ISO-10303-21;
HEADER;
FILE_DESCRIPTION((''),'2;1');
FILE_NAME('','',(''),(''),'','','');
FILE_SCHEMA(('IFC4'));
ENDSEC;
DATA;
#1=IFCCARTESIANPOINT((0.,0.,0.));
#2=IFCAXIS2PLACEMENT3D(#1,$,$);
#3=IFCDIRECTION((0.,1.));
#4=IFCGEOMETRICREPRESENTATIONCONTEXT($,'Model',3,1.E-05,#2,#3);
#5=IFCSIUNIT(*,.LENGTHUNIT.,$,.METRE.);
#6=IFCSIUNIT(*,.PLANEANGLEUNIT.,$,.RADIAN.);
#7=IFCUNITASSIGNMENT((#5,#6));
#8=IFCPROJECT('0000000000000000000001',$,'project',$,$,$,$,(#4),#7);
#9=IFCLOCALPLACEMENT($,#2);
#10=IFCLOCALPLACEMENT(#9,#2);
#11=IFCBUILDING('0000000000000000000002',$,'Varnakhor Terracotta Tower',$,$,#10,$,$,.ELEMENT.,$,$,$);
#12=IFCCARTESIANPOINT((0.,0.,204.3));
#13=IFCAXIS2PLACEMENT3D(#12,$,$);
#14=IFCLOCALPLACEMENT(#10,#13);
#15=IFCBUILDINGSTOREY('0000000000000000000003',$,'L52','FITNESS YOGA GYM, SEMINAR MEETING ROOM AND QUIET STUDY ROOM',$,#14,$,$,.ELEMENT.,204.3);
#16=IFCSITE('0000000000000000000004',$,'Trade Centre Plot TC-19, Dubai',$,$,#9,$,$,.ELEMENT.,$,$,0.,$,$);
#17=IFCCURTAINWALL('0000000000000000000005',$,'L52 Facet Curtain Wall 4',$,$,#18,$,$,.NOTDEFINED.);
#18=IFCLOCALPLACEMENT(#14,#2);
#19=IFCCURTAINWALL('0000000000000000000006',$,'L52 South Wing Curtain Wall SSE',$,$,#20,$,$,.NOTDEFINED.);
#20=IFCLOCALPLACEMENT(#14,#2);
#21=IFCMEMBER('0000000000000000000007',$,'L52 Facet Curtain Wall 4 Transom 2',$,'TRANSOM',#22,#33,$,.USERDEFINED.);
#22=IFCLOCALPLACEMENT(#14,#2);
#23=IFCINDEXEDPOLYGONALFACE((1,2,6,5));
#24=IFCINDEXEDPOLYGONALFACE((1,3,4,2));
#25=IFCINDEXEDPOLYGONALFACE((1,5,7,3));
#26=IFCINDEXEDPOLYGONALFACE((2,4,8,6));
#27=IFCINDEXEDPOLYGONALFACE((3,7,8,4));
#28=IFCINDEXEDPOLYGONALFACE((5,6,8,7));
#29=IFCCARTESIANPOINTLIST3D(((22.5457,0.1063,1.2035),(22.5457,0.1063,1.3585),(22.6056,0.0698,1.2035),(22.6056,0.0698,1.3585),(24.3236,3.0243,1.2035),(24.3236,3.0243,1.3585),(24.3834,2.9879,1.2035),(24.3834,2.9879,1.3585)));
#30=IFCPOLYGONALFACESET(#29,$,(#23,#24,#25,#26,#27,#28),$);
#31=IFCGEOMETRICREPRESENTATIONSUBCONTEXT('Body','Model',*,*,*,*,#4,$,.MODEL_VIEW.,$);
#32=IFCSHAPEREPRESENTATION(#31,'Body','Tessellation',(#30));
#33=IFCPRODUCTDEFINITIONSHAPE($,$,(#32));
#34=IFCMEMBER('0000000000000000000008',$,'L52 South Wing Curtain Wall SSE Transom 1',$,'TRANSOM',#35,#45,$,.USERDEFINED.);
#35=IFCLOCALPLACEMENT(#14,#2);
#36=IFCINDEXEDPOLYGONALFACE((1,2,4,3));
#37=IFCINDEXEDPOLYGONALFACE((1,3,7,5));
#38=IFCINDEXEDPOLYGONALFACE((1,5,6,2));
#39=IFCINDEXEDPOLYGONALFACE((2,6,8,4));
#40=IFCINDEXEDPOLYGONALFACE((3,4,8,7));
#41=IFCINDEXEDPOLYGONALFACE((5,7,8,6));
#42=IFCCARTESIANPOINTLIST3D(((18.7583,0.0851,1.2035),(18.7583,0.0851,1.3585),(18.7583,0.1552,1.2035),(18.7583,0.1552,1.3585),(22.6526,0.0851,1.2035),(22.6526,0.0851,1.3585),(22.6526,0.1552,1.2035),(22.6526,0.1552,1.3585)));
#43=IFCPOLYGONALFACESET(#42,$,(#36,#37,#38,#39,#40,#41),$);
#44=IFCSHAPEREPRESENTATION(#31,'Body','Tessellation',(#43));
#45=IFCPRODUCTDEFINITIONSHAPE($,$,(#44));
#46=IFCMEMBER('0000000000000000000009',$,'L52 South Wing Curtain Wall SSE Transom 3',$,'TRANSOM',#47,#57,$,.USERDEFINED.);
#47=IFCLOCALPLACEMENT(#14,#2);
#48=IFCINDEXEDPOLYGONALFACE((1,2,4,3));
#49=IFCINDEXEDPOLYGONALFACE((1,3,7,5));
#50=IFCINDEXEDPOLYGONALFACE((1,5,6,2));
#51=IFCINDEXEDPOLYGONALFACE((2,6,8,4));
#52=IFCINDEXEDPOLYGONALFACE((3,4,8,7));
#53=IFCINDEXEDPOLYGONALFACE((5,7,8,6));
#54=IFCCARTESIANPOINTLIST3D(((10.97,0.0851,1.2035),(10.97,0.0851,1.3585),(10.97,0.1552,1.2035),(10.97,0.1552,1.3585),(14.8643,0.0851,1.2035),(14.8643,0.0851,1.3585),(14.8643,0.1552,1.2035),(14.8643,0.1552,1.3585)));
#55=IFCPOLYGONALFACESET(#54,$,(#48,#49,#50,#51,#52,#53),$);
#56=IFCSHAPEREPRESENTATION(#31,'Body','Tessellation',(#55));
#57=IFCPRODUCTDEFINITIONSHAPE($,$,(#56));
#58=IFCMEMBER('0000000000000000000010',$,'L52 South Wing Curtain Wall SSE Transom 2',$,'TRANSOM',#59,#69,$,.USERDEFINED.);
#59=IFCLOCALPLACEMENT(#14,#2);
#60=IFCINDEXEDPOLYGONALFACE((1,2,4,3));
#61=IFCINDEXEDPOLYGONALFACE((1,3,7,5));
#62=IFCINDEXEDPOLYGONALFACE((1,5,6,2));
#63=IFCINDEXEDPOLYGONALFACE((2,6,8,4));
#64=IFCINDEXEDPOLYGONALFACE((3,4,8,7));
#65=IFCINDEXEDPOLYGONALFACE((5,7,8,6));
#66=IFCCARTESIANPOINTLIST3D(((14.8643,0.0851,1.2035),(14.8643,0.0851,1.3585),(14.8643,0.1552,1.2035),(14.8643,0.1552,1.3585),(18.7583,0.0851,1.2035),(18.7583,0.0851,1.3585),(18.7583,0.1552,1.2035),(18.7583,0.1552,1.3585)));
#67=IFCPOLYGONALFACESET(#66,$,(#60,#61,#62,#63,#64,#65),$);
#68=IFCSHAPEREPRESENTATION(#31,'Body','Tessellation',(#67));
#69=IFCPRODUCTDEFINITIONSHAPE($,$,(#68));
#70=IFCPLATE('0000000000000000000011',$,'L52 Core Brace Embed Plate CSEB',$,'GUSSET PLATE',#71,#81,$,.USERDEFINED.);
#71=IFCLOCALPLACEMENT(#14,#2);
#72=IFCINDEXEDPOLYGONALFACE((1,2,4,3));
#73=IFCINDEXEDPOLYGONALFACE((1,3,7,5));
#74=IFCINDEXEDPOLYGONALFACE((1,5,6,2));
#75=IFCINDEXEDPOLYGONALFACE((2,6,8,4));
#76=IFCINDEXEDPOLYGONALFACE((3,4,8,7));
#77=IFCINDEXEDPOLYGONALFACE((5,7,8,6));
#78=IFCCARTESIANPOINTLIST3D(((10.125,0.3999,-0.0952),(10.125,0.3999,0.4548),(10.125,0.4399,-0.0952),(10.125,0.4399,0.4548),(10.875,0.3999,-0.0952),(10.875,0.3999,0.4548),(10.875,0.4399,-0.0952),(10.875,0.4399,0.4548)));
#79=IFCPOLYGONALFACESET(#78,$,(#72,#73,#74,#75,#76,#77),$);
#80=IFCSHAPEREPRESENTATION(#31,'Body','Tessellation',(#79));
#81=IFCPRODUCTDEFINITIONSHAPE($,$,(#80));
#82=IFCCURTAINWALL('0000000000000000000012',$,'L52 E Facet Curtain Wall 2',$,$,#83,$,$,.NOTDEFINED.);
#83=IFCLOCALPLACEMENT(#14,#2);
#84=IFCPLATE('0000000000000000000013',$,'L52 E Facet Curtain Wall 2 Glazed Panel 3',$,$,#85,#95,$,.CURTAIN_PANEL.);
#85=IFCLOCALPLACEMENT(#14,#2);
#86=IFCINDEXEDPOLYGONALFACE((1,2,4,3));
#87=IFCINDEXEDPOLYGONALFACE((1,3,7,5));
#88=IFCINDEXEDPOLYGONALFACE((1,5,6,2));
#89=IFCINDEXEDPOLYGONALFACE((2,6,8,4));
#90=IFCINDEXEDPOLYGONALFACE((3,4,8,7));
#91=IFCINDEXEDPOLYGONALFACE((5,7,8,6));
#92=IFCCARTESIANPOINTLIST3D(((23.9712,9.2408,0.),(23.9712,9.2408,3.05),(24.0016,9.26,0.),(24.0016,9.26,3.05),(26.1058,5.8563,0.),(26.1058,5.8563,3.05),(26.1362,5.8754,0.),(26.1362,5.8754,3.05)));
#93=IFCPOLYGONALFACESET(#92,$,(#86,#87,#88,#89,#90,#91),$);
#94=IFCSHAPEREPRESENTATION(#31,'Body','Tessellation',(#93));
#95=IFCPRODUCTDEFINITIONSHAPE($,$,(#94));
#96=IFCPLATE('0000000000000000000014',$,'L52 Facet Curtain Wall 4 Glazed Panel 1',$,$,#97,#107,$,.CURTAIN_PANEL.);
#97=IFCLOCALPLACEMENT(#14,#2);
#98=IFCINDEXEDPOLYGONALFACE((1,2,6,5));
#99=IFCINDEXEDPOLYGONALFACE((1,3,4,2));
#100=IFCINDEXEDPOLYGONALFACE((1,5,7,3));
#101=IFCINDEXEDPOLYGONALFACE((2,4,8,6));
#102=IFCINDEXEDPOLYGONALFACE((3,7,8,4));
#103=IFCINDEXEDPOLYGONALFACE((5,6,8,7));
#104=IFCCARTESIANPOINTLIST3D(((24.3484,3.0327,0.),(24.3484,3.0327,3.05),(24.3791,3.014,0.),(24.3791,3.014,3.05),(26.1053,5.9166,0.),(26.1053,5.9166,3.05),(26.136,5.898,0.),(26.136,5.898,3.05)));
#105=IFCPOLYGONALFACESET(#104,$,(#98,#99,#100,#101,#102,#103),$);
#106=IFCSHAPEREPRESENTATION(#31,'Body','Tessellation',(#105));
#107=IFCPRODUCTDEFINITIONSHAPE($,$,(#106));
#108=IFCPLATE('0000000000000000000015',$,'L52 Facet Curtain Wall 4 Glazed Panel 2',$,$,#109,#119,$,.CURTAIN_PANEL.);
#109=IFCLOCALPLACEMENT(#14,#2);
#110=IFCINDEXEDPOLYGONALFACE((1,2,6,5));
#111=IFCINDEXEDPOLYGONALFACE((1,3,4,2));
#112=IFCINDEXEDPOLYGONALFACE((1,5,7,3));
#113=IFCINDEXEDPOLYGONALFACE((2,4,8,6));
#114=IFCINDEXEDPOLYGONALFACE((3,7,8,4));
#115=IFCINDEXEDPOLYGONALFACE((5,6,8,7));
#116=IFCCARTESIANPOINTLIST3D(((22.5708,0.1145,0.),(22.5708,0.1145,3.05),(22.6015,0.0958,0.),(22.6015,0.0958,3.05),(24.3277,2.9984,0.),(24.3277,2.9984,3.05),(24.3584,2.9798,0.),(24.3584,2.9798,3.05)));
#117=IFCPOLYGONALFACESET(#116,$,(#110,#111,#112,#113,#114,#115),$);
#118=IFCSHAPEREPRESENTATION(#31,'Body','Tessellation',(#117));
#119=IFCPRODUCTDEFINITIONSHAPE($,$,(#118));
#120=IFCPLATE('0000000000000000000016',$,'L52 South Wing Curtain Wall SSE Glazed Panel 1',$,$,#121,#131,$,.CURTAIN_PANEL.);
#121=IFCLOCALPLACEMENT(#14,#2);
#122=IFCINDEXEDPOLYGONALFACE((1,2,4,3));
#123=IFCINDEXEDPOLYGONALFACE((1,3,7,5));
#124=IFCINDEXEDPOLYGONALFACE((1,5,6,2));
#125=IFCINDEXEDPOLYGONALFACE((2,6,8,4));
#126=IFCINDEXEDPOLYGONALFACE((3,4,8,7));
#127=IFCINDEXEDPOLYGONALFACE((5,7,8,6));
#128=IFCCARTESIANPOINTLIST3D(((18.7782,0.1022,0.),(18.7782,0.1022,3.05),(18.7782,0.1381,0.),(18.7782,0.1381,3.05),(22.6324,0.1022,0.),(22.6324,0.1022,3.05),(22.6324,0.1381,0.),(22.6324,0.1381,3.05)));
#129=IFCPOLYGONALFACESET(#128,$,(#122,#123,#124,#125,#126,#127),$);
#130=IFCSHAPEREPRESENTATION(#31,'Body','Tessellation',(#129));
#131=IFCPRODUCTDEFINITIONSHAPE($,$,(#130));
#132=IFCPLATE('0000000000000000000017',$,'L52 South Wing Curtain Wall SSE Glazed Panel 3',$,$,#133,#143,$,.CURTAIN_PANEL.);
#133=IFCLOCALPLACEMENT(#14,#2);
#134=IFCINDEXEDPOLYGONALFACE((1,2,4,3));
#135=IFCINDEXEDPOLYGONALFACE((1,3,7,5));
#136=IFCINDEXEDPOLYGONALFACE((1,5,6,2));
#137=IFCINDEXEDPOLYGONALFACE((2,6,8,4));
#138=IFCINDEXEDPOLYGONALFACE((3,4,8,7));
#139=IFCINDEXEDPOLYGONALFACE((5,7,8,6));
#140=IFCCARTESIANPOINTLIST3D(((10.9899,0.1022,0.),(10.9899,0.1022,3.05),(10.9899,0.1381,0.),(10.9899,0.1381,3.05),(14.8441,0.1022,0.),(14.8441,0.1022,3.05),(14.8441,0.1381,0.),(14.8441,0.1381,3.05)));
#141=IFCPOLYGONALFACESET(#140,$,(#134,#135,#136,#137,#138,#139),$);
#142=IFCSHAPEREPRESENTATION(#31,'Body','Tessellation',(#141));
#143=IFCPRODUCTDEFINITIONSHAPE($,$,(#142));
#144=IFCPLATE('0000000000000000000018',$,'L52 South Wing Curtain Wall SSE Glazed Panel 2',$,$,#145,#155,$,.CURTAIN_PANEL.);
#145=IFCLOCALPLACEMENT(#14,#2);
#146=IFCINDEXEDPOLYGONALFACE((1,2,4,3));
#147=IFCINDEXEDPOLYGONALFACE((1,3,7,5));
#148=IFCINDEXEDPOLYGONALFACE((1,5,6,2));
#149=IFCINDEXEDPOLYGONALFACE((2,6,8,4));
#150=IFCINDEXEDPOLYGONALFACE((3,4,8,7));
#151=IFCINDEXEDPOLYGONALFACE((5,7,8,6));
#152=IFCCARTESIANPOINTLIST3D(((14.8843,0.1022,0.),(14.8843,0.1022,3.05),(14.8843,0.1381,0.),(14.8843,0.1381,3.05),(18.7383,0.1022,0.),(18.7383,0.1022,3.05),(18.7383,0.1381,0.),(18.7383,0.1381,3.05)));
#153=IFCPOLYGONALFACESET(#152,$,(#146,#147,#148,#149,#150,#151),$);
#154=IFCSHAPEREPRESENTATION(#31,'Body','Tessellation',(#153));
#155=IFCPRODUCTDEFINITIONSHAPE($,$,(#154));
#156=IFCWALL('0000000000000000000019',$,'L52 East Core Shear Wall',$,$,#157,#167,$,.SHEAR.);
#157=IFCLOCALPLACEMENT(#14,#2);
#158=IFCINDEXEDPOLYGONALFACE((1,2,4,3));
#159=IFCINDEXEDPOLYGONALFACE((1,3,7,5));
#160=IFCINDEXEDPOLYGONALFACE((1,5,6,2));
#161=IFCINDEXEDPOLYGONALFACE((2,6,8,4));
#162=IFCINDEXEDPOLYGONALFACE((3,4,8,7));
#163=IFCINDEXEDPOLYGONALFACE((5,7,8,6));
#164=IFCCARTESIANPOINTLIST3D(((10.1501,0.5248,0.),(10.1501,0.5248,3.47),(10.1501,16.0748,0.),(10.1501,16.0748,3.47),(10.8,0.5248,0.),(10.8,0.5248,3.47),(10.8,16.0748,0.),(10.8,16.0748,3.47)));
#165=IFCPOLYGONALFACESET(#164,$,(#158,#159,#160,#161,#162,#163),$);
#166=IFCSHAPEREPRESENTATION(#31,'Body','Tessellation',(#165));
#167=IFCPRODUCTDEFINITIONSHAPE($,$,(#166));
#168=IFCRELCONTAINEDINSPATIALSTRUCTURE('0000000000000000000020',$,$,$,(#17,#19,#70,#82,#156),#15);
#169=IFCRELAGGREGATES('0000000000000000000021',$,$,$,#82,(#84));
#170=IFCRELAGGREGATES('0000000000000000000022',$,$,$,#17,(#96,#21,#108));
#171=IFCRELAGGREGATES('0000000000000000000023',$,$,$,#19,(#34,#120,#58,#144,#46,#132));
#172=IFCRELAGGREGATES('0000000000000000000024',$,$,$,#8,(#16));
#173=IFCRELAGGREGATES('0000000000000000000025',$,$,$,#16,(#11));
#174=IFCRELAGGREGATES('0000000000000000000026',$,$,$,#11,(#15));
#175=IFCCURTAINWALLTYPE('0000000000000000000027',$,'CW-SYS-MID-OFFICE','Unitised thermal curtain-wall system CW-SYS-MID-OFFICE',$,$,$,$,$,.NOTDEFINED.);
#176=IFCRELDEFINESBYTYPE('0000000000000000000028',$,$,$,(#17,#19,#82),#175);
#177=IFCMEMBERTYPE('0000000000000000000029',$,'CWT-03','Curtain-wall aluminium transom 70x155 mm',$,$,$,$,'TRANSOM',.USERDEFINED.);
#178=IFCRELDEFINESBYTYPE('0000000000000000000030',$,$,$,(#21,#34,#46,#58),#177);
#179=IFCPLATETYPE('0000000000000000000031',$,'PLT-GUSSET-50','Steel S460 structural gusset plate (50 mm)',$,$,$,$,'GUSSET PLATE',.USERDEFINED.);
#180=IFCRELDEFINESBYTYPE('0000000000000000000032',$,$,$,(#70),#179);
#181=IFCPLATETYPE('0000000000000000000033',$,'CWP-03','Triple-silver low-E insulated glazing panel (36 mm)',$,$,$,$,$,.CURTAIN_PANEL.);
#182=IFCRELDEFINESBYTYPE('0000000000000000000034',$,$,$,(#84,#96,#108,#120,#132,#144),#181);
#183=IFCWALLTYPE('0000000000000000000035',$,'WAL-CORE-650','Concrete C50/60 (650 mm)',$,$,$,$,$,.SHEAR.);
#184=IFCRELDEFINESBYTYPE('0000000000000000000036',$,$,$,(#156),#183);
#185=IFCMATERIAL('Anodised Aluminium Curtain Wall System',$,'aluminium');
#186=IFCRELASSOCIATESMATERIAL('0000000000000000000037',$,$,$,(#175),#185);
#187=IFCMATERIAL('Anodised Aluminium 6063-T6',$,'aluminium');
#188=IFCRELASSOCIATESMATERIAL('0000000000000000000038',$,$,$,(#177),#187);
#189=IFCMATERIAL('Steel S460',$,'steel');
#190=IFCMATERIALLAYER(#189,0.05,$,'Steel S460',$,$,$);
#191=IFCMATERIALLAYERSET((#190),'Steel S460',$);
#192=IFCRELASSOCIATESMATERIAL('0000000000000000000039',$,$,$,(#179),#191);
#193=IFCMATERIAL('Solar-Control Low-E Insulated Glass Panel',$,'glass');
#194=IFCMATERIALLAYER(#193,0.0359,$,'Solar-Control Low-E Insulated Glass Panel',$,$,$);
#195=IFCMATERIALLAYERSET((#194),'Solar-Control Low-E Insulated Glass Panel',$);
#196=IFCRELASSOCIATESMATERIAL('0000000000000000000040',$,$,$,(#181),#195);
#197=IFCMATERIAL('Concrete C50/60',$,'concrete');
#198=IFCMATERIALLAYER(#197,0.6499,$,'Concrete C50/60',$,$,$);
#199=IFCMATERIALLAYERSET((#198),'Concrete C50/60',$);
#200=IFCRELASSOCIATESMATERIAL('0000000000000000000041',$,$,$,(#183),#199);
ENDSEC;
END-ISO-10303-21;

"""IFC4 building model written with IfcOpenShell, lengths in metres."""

from ifc_helpers import new_model, si_unit, direction, frame, frame_2d, origin, origin_2d, place, context, subcontext, project, spatial, rectangle, extrude, source, transform, mapped, material, layer, layer_set, material_profile, profile_set, type_object, type_shapes, element, aggregate, save


model = new_model("IFC4")

# Units and contexts
model_context = context("Model", 3, precision=1e-05, world=origin(), true_north=direction((0.0, 1.0)))
body_context = subcontext(model_context, "Body", "Model", "MODEL_VIEW")
ifc_project = project(units=[si_unit("LENGTHUNIT", "METRE"), si_unit("PLANEANGLEUNIT", "RADIAN")], contexts=[model_context])

# Site, building, storey
site_placement = place(None, origin())
site = spatial("IfcSite", under=ifc_project, at=site_placement, Name="Trade Centre Plot TC-19, Dubai", CompositionType="ELEMENT", RefElevation=0.0)
building_placement = place(site_placement, origin())
building = spatial("IfcBuilding", under=site, at=building_placement, Name="Varnakhor Terracotta Tower", CompositionType="ELEMENT")
storey_placement = place(building_placement, frame((0.0, 0.0, 204.3)))
storey = spatial("IfcBuildingStorey", under=building, at=storey_placement, Name="L52", Description="FITNESS YOGA GYM, SEMINAR MEETING ROOM AND QUIET STUDY ROOM", CompositionType="ELEMENT", Elevation=204.3)

# Shared definitions
ifc_material_1 = material(Name="Concrete C50/60", Category="concrete")
ifc_material_2 = material(Name="Steel S460", Category="steel")

# Curtain walls
ifc_material_3 = material(Name="Anodised Aluminium Curtain Wall System", Category="aluminium")
curtain_wall_type = type_object("IfcCurtainWallType", Name="CW-SYS-MID-OFFICE", Description="Unitised thermal curtain-wall system CW-SYS-MID-OFFICE", PredefinedType="NOTDEFINED", material=ifc_material_3)
curtain_wall_1_placement = place(storey_placement, origin())
curtain_wall_1 = element("IfcCurtainWall", 1, at=curtain_wall_1_placement, inside=storey, type_object=curtain_wall_type, Name="L52 Facet Curtain Wall 4", PredefinedType="NOTDEFINED")
ifc_material_4 = material(Name="Anodised Aluminium 6063-T6", Category="aluminium")
curtain_wall_2_placement = place(storey_placement, origin())
curtain_wall_2 = element("IfcCurtainWall", 2, at=curtain_wall_2_placement, inside=storey, type_object=curtain_wall_type, Name="L52 South Wing Curtain Wall SSE", PredefinedType="NOTDEFINED")

# Members
ifc_material_profile_1 = material_profile(ifc_material_4, rectangle(XDim=0.0701, YDim=0.155, at=origin_2d()), Name="ALU TRANSOM 70x155")
ifc_profile_set_1 = profile_set([ifc_material_profile_1], Name="Anodised Aluminium 6063-T6")
member_type_1 = type_object("IfcMemberType", Name="CWT-03", Description="Curtain-wall aluminium transom 70x155 mm", ElementType="TRANSOM", PredefinedType="USERDEFINED", material=ifc_profile_set_1)
shared_shape_1 = source(origin(), body_context, "Body", "SweptSolid", [
    extrude(rectangle(XDim=0.0701, YDim=0.155, at=origin_2d()), origin(), (0.0, 0.0, 1.0), 3.417),
])
member_1_placement = place(storey_placement, frame((24.3535, 3.0061, 1.281), z_axis=(-0.520305, -0.85398, 0.0), x_axis=(0.85398, -0.520305, 0.0)))
member_1 = element("IfcMember", 3, at=member_1_placement, type_object=member_type_1, Name="L52 Facet Curtain Wall 4 Transom 2", ObjectType="TRANSOM", PredefinedType="USERDEFINED", context=body_context, shape_type="MappedRepresentation", body=[
    mapped(shared_shape_1, transform((0.0, 0.0, 0.0), scale=1.0)),
])
shared_shape_2 = source(origin(), body_context, "Body", "SweptSolid", [
    extrude(rectangle(XDim=0.0701, YDim=0.155, at=origin_2d()), origin(), (0.0, 0.0, 1.0), 3.8943),
])
member_2_placement = place(storey_placement, frame((22.6526, 0.1201, 1.281), z_axis=(-1.0, 0.0, 0.0), x_axis=(0.0, -1.0, 0.0)))
member_2 = element("IfcMember", 4, at=member_2_placement, type_object=member_type_1, Name="L52 South Wing Curtain Wall SSE Transom 1", ObjectType="TRANSOM", PredefinedType="USERDEFINED", context=body_context, shape_type="MappedRepresentation", body=[
    mapped(shared_shape_2, transform((0.0, 0.0, 0.0), scale=1.0)),
])
member_3_placement = place(storey_placement, frame((14.8643, 0.1201, 1.281), z_axis=(-1.0, 0.0, 0.0), x_axis=(0.0, -1.0, 0.0)))
member_3 = element("IfcMember", 5, at=member_3_placement, type_object=member_type_1, Name="L52 South Wing Curtain Wall SSE Transom 3", ObjectType="TRANSOM", PredefinedType="USERDEFINED", context=body_context, shape_type="MappedRepresentation", body=[
    mapped(shared_shape_2, transform((0.0, 0.0, 0.0), scale=1.0)),
])
shared_shape_3 = source(origin(), body_context, "Body", "SweptSolid", [
    extrude(rectangle(XDim=0.0701, YDim=0.155, at=origin_2d()), origin(), (0.0, 0.0, 1.0), 3.894),
])
member_4_placement = place(storey_placement, frame((18.7583, 0.1201, 1.281), z_axis=(-1.0, 0.0, 0.0), x_axis=(0.0, -1.0, 0.0)))
member_4 = element("IfcMember", 6, at=member_4_placement, type_object=member_type_1, Name="L52 South Wing Curtain Wall SSE Transom 2", ObjectType="TRANSOM", PredefinedType="USERDEFINED", context=body_context, shape_type="MappedRepresentation", body=[
    mapped(shared_shape_3, transform((0.0, 0.0, 0.0), scale=1.0)),
])

# Plate
ifc_layer_1 = layer(ifc_material_2, 0.05, Name="Steel S460")
ifc_layer_set_1 = layer_set([ifc_layer_1], Name="Steel S460")
plate_type_1 = type_object("IfcPlateType", Name="PLT-GUSSET-50", Description="Steel S460 structural gusset plate (50 mm)", ElementType="GUSSET PLATE", PredefinedType="USERDEFINED", material=ifc_layer_set_1)
shared_shape_4 = source(origin(), body_context, "Body", "SweptSolid", [
    extrude(rectangle(XDim=0.75, YDim=0.04, at=origin_2d()), origin(), (0.0, 0.0, 1.0), 0.55),
])
type_shapes(plate_type_1, [shared_shape_4])
plate_1_placement = place(storey_placement, frame((10.5, 0.4199, -0.0952), z_axis=(0.0, 0.0, 1.0), x_axis=(1.0, 0.0, 0.0)))
element("IfcPlate", 7, at=plate_1_placement, inside=storey, type_object=plate_type_1, Name="L52 Core Brace Embed Plate CSEB", ObjectType="GUSSET PLATE", PredefinedType="USERDEFINED", context=body_context, shape_type="MappedRepresentation", body=[
    mapped(shared_shape_4, transform((0.0, 0.0, 0.0), scale=1.0)),
])

# Curtain wall, plate
curtain_wall_3_placement = place(storey_placement, origin())
curtain_wall_3 = element("IfcCurtainWall", 8, at=curtain_wall_3_placement, inside=storey, type_object=curtain_wall_type, Name="L52 E Facet Curtain Wall 2", PredefinedType="NOTDEFINED")
ifc_material_5 = material(Name="Solar-Control Low-E Insulated Glass Panel", Category="glass")
ifc_layer_2 = layer(ifc_material_5, 0.0359, Name="Solar-Control Low-E Insulated Glass Panel")
ifc_layer_set_2 = layer_set([ifc_layer_2], Name="Solar-Control Low-E Insulated Glass Panel")
plate_type_2 = type_object("IfcPlateType", Name="CWP-03", Description="Triple-silver low-E insulated glazing panel (36 mm)", PredefinedType="CURTAIN_PANEL", material=ifc_layer_set_2)
shared_shape_5 = source(origin(), body_context, "Body", "SweptSolid", [
    extrude(rectangle(XDim=4.0015, YDim=0.0359, at=origin_2d()), origin(), (0.0, 0.0, 1.0), 3.05),
])
plate_2_placement = place(storey_placement, frame((25.0537, 7.5581, 0.0), z_axis=(0.0, 0.0, 1.0), x_axis=(0.533452, -0.84583, 0.0)))
plate_2 = element("IfcPlate", 9, at=plate_2_placement, type_object=plate_type_2, Name="L52 E Facet Curtain Wall 2 Glazed Panel 3", PredefinedType="CURTAIN_PANEL", context=body_context, shape_type="MappedRepresentation", body=[
    mapped(shared_shape_5, transform((0.0, 0.0, 0.0), scale=1.0)),
])
aggregate(curtain_wall_3, [plate_2])

# Plates
shared_shape_6 = source(origin(), body_context, "Body", "SweptSolid", [
    extrude(rectangle(XDim=3.377, YDim=0.0359, at=origin_2d()), origin(), (0.0, 0.0, 1.0), 3.05),
])
plate_3_placement = place(storey_placement, frame((25.2422, 4.4653, 0.0), z_axis=(0.0, 0.0, 1.0), x_axis=(-0.520265, -0.854005, 0.0)))
plate_3 = element("IfcPlate", 10, at=plate_3_placement, type_object=plate_type_2, Name="L52 Facet Curtain Wall 4 Glazed Panel 1", PredefinedType="CURTAIN_PANEL", context=body_context, shape_type="MappedRepresentation", body=[
    mapped(shared_shape_6, transform((0.0, 0.0, 0.0), scale=1.0)),
])
plate_4_placement = place(storey_placement, frame((23.4646, 1.5471, 0.0), z_axis=(0.0, 0.0, 1.0), x_axis=(-0.520265, -0.854005, 0.0)))
plate_4 = element("IfcPlate", 11, at=plate_4_placement, type_object=plate_type_2, Name="L52 Facet Curtain Wall 4 Glazed Panel 2", PredefinedType="CURTAIN_PANEL", context=body_context, shape_type="MappedRepresentation", body=[
    mapped(shared_shape_6, transform((0.0, 0.0, 0.0), scale=1.0)),
])
aggregate(curtain_wall_1, [plate_3, member_1, plate_4])
shared_shape_7 = source(origin(), body_context, "Body", "SweptSolid", [
    extrude(rectangle(XDim=3.8542, YDim=0.0359, at=origin_2d()), origin(), (0.0, 0.0, 1.0), 3.05),
])
plate_5_placement = place(storey_placement, frame((20.7053, 0.1201, 0.0), z_axis=(0.0, 0.0, 1.0), x_axis=(-1.0, 0.0, 0.0)))
plate_5 = element("IfcPlate", 12, at=plate_5_placement, type_object=plate_type_2, Name="L52 South Wing Curtain Wall SSE Glazed Panel 1", PredefinedType="CURTAIN_PANEL", context=body_context, shape_type="MappedRepresentation", body=[
    mapped(shared_shape_7, transform((0.0, 0.0, 0.0), scale=1.0)),
])
plate_6_placement = place(storey_placement, frame((12.917, 0.1201, 0.0), z_axis=(0.0, 0.0, 1.0), x_axis=(-1.0, 0.0, 0.0)))
plate_6 = element("IfcPlate", 13, at=plate_6_placement, type_object=plate_type_2, Name="L52 South Wing Curtain Wall SSE Glazed Panel 3", PredefinedType="CURTAIN_PANEL", context=body_context, shape_type="MappedRepresentation", body=[
    mapped(shared_shape_7, transform((0.0, 0.0, 0.0), scale=1.0)),
])
shared_shape_8 = source(origin(), body_context, "Body", "SweptSolid", [
    extrude(rectangle(XDim=3.854, YDim=0.0359, at=origin_2d()), origin(), (0.0, 0.0, 1.0), 3.05),
])
plate_7_placement = place(storey_placement, frame((16.8113, 0.1201, 0.0), z_axis=(0.0, 0.0, 1.0), x_axis=(-1.0, 0.0, 0.0)))
plate_7 = element("IfcPlate", 14, at=plate_7_placement, type_object=plate_type_2, Name="L52 South Wing Curtain Wall SSE Glazed Panel 2", PredefinedType="CURTAIN_PANEL", context=body_context, shape_type="MappedRepresentation", body=[
    mapped(shared_shape_8, transform((0.0, 0.0, 0.0), scale=1.0)),
])
aggregate(curtain_wall_2, [member_2, plate_5, member_4, plate_7, member_3, plate_6])

# Wall
ifc_layer_3 = layer(ifc_material_1, 0.6499, Name="Concrete C50/60")
ifc_layer_set_3 = layer_set([ifc_layer_3], Name="Concrete C50/60")
wall_type_1 = type_object("IfcWallType", Name="WAL-CORE-650", Description="Concrete C50/60 (650 mm)", PredefinedType="SHEAR", material=ifc_layer_set_3)
wall_1_placement = place(storey_placement, frame((10.4751, 0.5249, 0.0), z_axis=(0.0, 0.0, 1.0), x_axis=(0.0, 1.0, 0.0)))
element("IfcWall", 15, at=wall_1_placement, inside=storey, type_object=wall_type_1, Name="L52 East Core Shear Wall", PredefinedType="SHEAR", context=body_context, shape_type="SweptSolid", body=[
    extrude(rectangle(XDim=15.55, YDim=0.6499, at=frame_2d((7.7749, 0.0))), origin(), (0.0, 0.0, 1.0), 3.47),
])

save(model, "model.ifc")
